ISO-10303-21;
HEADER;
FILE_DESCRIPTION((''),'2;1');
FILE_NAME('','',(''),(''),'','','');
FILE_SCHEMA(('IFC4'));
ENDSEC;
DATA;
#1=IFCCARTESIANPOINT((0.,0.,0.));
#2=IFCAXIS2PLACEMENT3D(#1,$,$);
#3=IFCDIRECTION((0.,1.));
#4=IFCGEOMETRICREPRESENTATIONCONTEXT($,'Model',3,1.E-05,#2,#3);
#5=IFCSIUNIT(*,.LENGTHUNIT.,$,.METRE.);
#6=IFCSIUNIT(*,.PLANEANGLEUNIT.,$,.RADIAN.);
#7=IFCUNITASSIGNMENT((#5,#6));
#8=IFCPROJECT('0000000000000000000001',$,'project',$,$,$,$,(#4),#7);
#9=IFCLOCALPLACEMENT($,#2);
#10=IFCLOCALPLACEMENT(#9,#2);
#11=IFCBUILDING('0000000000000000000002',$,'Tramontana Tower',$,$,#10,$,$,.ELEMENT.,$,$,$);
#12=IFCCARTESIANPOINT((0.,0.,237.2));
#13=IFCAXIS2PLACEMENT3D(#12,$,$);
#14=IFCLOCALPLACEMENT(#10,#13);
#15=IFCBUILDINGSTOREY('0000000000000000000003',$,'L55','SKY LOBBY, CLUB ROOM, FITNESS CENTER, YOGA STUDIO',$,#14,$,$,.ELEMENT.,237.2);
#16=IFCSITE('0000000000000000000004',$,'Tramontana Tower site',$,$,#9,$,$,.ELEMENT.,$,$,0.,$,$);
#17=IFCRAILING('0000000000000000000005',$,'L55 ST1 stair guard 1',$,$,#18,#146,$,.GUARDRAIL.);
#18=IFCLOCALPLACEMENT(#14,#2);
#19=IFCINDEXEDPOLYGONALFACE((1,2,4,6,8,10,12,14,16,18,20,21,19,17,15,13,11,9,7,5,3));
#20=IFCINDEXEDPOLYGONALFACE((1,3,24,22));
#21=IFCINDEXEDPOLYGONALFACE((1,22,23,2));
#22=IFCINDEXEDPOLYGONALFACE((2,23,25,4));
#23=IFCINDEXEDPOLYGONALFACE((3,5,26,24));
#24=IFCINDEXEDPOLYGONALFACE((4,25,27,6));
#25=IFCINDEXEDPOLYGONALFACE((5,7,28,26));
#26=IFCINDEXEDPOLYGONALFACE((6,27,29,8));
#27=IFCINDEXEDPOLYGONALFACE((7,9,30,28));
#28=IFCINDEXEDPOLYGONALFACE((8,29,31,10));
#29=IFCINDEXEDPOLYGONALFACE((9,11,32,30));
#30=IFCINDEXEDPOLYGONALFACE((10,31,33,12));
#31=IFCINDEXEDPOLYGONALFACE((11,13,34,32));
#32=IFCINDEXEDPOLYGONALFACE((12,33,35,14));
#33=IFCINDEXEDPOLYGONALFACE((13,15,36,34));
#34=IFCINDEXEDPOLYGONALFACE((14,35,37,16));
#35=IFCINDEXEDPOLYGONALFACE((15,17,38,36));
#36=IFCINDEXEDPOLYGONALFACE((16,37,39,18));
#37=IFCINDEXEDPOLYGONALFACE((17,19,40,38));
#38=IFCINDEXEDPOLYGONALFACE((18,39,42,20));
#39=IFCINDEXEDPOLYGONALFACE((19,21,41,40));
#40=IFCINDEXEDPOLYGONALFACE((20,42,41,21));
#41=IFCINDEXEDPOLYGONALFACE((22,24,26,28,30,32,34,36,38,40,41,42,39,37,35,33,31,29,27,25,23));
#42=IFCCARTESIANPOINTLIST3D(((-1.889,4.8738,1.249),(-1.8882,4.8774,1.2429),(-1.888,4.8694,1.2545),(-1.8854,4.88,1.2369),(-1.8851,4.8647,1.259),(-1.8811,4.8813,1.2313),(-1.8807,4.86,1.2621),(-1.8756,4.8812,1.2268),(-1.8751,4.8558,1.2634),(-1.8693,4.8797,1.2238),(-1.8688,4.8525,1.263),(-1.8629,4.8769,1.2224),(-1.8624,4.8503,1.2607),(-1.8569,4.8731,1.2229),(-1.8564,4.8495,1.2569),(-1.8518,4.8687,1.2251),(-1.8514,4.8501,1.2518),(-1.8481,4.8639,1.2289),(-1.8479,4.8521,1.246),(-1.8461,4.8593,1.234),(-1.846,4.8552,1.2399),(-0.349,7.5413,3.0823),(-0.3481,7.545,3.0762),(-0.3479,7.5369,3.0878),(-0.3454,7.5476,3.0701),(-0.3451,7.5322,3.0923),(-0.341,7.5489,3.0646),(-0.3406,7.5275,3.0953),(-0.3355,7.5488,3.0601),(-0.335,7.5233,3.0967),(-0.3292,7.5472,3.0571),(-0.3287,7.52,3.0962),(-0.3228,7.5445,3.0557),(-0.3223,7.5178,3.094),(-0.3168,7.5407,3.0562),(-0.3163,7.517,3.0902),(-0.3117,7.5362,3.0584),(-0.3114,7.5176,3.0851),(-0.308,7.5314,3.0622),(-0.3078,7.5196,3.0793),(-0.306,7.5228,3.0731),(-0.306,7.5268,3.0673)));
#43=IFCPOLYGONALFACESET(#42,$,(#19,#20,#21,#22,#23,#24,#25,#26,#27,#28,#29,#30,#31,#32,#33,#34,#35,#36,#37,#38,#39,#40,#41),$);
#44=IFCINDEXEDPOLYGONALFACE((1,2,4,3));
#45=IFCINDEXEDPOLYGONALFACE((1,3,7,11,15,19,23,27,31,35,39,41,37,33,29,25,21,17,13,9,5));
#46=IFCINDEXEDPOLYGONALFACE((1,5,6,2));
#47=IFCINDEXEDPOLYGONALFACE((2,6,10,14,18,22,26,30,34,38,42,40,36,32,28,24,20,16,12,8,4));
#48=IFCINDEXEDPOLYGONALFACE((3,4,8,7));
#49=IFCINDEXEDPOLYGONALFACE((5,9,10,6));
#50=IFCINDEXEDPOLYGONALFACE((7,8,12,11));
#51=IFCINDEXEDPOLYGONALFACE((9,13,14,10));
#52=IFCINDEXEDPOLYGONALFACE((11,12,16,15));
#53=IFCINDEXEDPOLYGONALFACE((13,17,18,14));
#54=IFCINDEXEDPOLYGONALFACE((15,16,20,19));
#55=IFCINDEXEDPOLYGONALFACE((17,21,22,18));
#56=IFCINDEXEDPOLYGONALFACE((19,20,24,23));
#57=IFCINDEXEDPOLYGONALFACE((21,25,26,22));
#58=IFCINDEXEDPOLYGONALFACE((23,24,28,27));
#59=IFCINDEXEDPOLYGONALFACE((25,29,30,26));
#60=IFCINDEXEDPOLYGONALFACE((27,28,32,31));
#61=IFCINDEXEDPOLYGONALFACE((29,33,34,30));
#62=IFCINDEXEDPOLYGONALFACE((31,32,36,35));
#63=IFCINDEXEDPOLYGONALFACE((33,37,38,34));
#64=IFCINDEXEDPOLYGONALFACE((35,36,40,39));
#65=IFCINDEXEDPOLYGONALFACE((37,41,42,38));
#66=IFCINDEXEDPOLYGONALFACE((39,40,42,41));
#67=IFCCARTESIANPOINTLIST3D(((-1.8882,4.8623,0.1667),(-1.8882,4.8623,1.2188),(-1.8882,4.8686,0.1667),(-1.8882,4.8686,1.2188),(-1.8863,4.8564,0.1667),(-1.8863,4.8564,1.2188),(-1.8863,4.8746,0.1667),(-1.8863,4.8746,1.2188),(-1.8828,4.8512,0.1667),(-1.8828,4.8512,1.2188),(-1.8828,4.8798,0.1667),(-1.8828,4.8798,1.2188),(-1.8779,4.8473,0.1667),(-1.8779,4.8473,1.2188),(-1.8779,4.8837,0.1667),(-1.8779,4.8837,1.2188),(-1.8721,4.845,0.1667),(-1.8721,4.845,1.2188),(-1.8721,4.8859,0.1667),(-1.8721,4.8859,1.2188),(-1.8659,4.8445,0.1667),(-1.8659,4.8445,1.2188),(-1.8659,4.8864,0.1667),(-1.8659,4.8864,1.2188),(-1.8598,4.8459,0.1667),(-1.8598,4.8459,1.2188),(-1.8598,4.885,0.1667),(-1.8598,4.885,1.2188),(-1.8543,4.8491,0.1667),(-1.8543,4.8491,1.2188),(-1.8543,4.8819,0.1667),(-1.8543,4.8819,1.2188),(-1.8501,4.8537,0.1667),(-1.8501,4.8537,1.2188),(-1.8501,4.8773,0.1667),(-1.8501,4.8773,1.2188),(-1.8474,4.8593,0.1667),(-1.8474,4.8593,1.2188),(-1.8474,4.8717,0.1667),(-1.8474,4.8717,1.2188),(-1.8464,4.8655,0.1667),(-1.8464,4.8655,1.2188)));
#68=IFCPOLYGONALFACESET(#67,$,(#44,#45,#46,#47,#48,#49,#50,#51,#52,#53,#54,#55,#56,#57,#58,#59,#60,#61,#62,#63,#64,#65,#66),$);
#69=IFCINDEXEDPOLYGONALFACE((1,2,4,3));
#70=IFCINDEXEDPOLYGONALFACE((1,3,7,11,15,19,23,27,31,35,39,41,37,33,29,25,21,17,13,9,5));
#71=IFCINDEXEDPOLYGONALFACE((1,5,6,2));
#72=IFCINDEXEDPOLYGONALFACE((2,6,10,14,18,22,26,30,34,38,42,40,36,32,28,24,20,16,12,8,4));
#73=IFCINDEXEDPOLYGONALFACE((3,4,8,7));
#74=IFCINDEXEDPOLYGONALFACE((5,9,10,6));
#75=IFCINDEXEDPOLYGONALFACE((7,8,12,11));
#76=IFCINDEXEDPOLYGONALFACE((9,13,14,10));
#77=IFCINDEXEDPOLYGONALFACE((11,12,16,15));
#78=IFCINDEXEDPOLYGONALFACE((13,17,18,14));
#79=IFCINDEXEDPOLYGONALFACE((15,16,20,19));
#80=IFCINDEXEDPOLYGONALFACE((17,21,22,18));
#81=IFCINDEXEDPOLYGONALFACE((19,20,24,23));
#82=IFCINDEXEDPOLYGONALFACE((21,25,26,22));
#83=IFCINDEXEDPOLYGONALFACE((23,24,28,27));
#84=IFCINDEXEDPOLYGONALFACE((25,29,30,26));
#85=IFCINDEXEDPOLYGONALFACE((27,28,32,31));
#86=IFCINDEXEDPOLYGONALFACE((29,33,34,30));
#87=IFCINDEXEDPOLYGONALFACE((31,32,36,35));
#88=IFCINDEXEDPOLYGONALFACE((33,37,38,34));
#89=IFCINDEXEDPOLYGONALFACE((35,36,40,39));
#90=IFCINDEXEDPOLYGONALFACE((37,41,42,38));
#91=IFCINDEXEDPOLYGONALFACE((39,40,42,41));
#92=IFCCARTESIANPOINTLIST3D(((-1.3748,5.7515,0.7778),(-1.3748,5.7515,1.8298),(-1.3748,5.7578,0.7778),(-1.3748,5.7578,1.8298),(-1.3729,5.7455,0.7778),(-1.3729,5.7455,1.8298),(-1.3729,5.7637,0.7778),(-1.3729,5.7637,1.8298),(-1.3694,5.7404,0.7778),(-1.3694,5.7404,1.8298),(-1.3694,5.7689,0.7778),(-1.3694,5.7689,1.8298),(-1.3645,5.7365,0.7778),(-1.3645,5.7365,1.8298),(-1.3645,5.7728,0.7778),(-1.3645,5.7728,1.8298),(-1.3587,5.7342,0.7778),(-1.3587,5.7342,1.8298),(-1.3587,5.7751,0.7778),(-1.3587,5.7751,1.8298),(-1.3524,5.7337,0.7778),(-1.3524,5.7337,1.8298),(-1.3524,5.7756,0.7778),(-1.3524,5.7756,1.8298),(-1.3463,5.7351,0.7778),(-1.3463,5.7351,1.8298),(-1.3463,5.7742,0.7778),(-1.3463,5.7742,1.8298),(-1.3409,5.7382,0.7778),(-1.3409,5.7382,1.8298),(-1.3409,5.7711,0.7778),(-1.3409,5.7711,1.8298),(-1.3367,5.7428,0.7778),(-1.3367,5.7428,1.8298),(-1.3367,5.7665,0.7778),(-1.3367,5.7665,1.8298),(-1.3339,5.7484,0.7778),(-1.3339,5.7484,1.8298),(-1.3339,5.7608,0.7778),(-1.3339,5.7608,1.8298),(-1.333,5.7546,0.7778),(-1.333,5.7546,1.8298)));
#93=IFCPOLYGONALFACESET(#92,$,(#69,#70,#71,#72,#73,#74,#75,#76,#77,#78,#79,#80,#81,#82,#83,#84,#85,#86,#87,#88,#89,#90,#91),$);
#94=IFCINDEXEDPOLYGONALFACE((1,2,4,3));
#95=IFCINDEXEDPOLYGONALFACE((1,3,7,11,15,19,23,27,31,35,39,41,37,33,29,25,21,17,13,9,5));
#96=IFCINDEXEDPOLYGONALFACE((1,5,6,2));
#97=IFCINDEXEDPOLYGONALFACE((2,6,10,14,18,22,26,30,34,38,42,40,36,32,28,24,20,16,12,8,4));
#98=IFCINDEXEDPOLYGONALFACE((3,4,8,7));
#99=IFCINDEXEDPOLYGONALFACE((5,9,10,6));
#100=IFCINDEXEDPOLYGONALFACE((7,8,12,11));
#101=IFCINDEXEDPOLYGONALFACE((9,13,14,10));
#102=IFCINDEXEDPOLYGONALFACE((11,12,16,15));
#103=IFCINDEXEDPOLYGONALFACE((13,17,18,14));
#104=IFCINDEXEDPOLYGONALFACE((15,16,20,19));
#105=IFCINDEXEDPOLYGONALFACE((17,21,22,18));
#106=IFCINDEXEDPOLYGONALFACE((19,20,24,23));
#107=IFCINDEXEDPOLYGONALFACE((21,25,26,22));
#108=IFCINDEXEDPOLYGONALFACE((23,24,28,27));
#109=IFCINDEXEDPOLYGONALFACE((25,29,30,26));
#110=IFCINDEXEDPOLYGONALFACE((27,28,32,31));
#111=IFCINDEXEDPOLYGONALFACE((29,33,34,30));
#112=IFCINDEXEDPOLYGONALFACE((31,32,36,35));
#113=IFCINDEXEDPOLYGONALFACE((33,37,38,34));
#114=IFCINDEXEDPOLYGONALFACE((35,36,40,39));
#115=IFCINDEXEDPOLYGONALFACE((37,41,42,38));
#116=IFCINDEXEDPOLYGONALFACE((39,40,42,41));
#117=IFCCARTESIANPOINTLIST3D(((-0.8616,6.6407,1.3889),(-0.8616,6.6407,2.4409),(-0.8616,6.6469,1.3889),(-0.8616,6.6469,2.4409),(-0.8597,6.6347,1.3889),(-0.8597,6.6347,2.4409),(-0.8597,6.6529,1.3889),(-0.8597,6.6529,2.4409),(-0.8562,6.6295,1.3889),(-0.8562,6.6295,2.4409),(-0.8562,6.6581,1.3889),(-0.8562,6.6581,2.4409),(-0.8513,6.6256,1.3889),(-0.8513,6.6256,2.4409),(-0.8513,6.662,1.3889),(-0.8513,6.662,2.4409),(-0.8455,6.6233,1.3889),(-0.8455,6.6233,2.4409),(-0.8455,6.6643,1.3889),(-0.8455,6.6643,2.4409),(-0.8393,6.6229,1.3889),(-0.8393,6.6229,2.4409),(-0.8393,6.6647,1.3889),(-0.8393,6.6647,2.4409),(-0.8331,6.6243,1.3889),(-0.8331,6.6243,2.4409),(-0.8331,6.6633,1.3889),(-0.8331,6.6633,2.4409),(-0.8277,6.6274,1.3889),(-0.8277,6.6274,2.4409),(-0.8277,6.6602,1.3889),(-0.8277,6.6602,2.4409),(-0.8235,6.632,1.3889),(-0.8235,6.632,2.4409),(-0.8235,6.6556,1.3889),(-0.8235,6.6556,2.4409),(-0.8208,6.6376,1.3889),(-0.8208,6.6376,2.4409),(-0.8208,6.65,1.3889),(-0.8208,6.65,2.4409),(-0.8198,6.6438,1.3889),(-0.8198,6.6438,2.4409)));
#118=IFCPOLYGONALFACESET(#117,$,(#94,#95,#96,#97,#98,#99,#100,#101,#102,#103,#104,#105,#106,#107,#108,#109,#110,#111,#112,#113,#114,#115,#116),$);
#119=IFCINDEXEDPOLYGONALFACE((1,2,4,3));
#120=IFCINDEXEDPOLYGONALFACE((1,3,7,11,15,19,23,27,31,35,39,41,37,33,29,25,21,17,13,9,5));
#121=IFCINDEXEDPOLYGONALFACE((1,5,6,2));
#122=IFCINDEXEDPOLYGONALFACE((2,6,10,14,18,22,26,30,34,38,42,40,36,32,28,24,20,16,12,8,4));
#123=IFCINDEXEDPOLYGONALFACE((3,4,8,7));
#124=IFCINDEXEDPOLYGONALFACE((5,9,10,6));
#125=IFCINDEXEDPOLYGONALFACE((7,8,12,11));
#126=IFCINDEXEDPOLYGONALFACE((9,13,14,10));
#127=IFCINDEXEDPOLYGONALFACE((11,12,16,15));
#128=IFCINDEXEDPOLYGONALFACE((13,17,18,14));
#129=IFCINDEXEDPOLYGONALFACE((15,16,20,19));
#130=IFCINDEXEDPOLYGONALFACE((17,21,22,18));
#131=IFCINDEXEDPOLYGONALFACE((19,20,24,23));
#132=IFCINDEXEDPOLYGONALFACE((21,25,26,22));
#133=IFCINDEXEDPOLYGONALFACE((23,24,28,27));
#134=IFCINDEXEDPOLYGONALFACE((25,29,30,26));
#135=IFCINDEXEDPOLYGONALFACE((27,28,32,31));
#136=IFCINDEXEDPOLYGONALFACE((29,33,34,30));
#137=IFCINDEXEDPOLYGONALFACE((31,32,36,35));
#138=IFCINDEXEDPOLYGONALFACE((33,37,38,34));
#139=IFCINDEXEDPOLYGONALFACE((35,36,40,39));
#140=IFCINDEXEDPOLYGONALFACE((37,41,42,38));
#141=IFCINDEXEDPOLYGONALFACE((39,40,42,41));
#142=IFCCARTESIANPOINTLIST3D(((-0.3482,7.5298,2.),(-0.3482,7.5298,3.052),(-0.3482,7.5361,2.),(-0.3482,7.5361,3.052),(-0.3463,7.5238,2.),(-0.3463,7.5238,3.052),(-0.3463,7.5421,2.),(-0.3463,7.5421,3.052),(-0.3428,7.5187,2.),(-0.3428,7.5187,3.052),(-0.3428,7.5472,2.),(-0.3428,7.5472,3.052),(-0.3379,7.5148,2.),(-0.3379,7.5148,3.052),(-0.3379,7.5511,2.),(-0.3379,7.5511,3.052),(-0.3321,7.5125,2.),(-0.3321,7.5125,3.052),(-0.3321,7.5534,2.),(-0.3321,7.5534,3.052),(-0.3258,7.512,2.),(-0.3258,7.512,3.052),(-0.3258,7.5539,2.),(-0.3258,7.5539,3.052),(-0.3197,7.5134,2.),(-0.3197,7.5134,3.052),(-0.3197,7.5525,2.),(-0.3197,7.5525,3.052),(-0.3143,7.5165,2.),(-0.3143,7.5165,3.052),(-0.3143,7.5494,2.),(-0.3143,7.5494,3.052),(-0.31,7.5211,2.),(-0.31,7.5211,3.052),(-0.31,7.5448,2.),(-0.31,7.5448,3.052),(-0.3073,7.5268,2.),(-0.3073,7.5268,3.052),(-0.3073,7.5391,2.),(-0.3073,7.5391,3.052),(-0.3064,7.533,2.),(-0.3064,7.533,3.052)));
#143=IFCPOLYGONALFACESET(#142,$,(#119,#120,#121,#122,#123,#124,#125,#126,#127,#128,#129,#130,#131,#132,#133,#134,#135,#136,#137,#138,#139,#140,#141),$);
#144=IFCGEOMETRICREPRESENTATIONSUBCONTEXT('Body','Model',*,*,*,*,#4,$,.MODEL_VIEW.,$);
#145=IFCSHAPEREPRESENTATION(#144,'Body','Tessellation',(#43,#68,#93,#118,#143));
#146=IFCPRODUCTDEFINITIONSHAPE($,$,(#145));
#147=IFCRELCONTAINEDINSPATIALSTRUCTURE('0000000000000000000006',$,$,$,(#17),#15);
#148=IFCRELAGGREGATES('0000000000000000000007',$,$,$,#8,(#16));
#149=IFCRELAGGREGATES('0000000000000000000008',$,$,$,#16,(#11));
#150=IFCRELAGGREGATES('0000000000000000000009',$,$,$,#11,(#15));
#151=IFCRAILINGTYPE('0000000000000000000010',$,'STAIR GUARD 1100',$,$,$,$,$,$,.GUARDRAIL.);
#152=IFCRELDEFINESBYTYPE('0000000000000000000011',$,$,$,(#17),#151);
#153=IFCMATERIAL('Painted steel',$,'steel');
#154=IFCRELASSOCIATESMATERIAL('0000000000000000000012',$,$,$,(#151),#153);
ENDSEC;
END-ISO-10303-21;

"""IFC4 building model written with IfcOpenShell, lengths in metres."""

from ifc_helpers import new_model, si_unit, direction, frame, origin, origin_2d, place, context, subcontext, project, spatial, circle, extrude, material, type_object, element, save


model = new_model("IFC4")

# Units and contexts
model_context = context("Model", 3, precision=1e-05, world=origin(), true_north=direction((0.0, 1.0)))
body_context = subcontext(model_context, "Body", "Model", "MODEL_VIEW")
ifc_project = project(units=[si_unit("LENGTHUNIT", "METRE"), si_unit("PLANEANGLEUNIT", "RADIAN")], contexts=[model_context])

# Site, building, storey
site_placement = place(None, origin())
site = spatial("IfcSite", under=ifc_project, at=site_placement, Name="Tramontana Tower site", CompositionType="ELEMENT", RefElevation=0.0)
building_placement = place(site_placement, origin())
building = spatial("IfcBuilding", under=site, at=building_placement, Name="Tramontana Tower", CompositionType="ELEMENT")
storey_placement = place(building_placement, frame((0.0, 0.0, 237.2)))
storey = spatial("IfcBuildingStorey", under=building, at=storey_placement, Name="L55", Description="SKY LOBBY, CLUB ROOM, FITNESS CENTER, YOGA STUDIO", CompositionType="ELEMENT", Elevation=237.2)

# Railing
ifc_material_1 = material(Name="Painted steel", Category="steel")
railing_type_1 = type_object("IfcRailingType", Name="STAIR GUARD 1100", PredefinedType="GUARDRAIL", material=ifc_material_1)
railing_1_placement = place(storey_placement, frame((-1.8674, 4.8655, 0.1667)))
element("IfcRailing", 1, at=railing_1_placement, inside=storey, type_object=railing_type_1, Name="L55 ST1 stair guard 1", PredefinedType="GUARDRAIL", context=body_context, shape_type="SweptSolid", body=[
    extrude(circle(Radius=0.0239, at=origin_2d()), frame((0.0, 0.0, 1.0762), z_axis=(0.429649, 0.74419, 0.511452), x_axis=(-0.86603, 0.499992, 0.0)), (0.0, 0.0, 1.0), 3.5845),
    extrude(circle(Radius=0.021, at=origin_2d()), origin(), (0.0, 0.0, 1.0), 1.052),
    extrude(circle(Radius=0.021, at=origin_2d()), frame((0.5134, 0.8892, 0.6111)), (0.0, 0.0, 1.0), 1.052),
    extrude(circle(Radius=0.021, at=origin_2d()), frame((1.0266, 1.7783, 1.2222)), (0.0, 0.0, 1.0), 1.052),
    extrude(circle(Radius=0.021, at=origin_2d()), frame((1.54, 2.6675, 1.8333)), (0.0, 0.0, 1.0), 1.052),
])

save(model, "model.ifc")
